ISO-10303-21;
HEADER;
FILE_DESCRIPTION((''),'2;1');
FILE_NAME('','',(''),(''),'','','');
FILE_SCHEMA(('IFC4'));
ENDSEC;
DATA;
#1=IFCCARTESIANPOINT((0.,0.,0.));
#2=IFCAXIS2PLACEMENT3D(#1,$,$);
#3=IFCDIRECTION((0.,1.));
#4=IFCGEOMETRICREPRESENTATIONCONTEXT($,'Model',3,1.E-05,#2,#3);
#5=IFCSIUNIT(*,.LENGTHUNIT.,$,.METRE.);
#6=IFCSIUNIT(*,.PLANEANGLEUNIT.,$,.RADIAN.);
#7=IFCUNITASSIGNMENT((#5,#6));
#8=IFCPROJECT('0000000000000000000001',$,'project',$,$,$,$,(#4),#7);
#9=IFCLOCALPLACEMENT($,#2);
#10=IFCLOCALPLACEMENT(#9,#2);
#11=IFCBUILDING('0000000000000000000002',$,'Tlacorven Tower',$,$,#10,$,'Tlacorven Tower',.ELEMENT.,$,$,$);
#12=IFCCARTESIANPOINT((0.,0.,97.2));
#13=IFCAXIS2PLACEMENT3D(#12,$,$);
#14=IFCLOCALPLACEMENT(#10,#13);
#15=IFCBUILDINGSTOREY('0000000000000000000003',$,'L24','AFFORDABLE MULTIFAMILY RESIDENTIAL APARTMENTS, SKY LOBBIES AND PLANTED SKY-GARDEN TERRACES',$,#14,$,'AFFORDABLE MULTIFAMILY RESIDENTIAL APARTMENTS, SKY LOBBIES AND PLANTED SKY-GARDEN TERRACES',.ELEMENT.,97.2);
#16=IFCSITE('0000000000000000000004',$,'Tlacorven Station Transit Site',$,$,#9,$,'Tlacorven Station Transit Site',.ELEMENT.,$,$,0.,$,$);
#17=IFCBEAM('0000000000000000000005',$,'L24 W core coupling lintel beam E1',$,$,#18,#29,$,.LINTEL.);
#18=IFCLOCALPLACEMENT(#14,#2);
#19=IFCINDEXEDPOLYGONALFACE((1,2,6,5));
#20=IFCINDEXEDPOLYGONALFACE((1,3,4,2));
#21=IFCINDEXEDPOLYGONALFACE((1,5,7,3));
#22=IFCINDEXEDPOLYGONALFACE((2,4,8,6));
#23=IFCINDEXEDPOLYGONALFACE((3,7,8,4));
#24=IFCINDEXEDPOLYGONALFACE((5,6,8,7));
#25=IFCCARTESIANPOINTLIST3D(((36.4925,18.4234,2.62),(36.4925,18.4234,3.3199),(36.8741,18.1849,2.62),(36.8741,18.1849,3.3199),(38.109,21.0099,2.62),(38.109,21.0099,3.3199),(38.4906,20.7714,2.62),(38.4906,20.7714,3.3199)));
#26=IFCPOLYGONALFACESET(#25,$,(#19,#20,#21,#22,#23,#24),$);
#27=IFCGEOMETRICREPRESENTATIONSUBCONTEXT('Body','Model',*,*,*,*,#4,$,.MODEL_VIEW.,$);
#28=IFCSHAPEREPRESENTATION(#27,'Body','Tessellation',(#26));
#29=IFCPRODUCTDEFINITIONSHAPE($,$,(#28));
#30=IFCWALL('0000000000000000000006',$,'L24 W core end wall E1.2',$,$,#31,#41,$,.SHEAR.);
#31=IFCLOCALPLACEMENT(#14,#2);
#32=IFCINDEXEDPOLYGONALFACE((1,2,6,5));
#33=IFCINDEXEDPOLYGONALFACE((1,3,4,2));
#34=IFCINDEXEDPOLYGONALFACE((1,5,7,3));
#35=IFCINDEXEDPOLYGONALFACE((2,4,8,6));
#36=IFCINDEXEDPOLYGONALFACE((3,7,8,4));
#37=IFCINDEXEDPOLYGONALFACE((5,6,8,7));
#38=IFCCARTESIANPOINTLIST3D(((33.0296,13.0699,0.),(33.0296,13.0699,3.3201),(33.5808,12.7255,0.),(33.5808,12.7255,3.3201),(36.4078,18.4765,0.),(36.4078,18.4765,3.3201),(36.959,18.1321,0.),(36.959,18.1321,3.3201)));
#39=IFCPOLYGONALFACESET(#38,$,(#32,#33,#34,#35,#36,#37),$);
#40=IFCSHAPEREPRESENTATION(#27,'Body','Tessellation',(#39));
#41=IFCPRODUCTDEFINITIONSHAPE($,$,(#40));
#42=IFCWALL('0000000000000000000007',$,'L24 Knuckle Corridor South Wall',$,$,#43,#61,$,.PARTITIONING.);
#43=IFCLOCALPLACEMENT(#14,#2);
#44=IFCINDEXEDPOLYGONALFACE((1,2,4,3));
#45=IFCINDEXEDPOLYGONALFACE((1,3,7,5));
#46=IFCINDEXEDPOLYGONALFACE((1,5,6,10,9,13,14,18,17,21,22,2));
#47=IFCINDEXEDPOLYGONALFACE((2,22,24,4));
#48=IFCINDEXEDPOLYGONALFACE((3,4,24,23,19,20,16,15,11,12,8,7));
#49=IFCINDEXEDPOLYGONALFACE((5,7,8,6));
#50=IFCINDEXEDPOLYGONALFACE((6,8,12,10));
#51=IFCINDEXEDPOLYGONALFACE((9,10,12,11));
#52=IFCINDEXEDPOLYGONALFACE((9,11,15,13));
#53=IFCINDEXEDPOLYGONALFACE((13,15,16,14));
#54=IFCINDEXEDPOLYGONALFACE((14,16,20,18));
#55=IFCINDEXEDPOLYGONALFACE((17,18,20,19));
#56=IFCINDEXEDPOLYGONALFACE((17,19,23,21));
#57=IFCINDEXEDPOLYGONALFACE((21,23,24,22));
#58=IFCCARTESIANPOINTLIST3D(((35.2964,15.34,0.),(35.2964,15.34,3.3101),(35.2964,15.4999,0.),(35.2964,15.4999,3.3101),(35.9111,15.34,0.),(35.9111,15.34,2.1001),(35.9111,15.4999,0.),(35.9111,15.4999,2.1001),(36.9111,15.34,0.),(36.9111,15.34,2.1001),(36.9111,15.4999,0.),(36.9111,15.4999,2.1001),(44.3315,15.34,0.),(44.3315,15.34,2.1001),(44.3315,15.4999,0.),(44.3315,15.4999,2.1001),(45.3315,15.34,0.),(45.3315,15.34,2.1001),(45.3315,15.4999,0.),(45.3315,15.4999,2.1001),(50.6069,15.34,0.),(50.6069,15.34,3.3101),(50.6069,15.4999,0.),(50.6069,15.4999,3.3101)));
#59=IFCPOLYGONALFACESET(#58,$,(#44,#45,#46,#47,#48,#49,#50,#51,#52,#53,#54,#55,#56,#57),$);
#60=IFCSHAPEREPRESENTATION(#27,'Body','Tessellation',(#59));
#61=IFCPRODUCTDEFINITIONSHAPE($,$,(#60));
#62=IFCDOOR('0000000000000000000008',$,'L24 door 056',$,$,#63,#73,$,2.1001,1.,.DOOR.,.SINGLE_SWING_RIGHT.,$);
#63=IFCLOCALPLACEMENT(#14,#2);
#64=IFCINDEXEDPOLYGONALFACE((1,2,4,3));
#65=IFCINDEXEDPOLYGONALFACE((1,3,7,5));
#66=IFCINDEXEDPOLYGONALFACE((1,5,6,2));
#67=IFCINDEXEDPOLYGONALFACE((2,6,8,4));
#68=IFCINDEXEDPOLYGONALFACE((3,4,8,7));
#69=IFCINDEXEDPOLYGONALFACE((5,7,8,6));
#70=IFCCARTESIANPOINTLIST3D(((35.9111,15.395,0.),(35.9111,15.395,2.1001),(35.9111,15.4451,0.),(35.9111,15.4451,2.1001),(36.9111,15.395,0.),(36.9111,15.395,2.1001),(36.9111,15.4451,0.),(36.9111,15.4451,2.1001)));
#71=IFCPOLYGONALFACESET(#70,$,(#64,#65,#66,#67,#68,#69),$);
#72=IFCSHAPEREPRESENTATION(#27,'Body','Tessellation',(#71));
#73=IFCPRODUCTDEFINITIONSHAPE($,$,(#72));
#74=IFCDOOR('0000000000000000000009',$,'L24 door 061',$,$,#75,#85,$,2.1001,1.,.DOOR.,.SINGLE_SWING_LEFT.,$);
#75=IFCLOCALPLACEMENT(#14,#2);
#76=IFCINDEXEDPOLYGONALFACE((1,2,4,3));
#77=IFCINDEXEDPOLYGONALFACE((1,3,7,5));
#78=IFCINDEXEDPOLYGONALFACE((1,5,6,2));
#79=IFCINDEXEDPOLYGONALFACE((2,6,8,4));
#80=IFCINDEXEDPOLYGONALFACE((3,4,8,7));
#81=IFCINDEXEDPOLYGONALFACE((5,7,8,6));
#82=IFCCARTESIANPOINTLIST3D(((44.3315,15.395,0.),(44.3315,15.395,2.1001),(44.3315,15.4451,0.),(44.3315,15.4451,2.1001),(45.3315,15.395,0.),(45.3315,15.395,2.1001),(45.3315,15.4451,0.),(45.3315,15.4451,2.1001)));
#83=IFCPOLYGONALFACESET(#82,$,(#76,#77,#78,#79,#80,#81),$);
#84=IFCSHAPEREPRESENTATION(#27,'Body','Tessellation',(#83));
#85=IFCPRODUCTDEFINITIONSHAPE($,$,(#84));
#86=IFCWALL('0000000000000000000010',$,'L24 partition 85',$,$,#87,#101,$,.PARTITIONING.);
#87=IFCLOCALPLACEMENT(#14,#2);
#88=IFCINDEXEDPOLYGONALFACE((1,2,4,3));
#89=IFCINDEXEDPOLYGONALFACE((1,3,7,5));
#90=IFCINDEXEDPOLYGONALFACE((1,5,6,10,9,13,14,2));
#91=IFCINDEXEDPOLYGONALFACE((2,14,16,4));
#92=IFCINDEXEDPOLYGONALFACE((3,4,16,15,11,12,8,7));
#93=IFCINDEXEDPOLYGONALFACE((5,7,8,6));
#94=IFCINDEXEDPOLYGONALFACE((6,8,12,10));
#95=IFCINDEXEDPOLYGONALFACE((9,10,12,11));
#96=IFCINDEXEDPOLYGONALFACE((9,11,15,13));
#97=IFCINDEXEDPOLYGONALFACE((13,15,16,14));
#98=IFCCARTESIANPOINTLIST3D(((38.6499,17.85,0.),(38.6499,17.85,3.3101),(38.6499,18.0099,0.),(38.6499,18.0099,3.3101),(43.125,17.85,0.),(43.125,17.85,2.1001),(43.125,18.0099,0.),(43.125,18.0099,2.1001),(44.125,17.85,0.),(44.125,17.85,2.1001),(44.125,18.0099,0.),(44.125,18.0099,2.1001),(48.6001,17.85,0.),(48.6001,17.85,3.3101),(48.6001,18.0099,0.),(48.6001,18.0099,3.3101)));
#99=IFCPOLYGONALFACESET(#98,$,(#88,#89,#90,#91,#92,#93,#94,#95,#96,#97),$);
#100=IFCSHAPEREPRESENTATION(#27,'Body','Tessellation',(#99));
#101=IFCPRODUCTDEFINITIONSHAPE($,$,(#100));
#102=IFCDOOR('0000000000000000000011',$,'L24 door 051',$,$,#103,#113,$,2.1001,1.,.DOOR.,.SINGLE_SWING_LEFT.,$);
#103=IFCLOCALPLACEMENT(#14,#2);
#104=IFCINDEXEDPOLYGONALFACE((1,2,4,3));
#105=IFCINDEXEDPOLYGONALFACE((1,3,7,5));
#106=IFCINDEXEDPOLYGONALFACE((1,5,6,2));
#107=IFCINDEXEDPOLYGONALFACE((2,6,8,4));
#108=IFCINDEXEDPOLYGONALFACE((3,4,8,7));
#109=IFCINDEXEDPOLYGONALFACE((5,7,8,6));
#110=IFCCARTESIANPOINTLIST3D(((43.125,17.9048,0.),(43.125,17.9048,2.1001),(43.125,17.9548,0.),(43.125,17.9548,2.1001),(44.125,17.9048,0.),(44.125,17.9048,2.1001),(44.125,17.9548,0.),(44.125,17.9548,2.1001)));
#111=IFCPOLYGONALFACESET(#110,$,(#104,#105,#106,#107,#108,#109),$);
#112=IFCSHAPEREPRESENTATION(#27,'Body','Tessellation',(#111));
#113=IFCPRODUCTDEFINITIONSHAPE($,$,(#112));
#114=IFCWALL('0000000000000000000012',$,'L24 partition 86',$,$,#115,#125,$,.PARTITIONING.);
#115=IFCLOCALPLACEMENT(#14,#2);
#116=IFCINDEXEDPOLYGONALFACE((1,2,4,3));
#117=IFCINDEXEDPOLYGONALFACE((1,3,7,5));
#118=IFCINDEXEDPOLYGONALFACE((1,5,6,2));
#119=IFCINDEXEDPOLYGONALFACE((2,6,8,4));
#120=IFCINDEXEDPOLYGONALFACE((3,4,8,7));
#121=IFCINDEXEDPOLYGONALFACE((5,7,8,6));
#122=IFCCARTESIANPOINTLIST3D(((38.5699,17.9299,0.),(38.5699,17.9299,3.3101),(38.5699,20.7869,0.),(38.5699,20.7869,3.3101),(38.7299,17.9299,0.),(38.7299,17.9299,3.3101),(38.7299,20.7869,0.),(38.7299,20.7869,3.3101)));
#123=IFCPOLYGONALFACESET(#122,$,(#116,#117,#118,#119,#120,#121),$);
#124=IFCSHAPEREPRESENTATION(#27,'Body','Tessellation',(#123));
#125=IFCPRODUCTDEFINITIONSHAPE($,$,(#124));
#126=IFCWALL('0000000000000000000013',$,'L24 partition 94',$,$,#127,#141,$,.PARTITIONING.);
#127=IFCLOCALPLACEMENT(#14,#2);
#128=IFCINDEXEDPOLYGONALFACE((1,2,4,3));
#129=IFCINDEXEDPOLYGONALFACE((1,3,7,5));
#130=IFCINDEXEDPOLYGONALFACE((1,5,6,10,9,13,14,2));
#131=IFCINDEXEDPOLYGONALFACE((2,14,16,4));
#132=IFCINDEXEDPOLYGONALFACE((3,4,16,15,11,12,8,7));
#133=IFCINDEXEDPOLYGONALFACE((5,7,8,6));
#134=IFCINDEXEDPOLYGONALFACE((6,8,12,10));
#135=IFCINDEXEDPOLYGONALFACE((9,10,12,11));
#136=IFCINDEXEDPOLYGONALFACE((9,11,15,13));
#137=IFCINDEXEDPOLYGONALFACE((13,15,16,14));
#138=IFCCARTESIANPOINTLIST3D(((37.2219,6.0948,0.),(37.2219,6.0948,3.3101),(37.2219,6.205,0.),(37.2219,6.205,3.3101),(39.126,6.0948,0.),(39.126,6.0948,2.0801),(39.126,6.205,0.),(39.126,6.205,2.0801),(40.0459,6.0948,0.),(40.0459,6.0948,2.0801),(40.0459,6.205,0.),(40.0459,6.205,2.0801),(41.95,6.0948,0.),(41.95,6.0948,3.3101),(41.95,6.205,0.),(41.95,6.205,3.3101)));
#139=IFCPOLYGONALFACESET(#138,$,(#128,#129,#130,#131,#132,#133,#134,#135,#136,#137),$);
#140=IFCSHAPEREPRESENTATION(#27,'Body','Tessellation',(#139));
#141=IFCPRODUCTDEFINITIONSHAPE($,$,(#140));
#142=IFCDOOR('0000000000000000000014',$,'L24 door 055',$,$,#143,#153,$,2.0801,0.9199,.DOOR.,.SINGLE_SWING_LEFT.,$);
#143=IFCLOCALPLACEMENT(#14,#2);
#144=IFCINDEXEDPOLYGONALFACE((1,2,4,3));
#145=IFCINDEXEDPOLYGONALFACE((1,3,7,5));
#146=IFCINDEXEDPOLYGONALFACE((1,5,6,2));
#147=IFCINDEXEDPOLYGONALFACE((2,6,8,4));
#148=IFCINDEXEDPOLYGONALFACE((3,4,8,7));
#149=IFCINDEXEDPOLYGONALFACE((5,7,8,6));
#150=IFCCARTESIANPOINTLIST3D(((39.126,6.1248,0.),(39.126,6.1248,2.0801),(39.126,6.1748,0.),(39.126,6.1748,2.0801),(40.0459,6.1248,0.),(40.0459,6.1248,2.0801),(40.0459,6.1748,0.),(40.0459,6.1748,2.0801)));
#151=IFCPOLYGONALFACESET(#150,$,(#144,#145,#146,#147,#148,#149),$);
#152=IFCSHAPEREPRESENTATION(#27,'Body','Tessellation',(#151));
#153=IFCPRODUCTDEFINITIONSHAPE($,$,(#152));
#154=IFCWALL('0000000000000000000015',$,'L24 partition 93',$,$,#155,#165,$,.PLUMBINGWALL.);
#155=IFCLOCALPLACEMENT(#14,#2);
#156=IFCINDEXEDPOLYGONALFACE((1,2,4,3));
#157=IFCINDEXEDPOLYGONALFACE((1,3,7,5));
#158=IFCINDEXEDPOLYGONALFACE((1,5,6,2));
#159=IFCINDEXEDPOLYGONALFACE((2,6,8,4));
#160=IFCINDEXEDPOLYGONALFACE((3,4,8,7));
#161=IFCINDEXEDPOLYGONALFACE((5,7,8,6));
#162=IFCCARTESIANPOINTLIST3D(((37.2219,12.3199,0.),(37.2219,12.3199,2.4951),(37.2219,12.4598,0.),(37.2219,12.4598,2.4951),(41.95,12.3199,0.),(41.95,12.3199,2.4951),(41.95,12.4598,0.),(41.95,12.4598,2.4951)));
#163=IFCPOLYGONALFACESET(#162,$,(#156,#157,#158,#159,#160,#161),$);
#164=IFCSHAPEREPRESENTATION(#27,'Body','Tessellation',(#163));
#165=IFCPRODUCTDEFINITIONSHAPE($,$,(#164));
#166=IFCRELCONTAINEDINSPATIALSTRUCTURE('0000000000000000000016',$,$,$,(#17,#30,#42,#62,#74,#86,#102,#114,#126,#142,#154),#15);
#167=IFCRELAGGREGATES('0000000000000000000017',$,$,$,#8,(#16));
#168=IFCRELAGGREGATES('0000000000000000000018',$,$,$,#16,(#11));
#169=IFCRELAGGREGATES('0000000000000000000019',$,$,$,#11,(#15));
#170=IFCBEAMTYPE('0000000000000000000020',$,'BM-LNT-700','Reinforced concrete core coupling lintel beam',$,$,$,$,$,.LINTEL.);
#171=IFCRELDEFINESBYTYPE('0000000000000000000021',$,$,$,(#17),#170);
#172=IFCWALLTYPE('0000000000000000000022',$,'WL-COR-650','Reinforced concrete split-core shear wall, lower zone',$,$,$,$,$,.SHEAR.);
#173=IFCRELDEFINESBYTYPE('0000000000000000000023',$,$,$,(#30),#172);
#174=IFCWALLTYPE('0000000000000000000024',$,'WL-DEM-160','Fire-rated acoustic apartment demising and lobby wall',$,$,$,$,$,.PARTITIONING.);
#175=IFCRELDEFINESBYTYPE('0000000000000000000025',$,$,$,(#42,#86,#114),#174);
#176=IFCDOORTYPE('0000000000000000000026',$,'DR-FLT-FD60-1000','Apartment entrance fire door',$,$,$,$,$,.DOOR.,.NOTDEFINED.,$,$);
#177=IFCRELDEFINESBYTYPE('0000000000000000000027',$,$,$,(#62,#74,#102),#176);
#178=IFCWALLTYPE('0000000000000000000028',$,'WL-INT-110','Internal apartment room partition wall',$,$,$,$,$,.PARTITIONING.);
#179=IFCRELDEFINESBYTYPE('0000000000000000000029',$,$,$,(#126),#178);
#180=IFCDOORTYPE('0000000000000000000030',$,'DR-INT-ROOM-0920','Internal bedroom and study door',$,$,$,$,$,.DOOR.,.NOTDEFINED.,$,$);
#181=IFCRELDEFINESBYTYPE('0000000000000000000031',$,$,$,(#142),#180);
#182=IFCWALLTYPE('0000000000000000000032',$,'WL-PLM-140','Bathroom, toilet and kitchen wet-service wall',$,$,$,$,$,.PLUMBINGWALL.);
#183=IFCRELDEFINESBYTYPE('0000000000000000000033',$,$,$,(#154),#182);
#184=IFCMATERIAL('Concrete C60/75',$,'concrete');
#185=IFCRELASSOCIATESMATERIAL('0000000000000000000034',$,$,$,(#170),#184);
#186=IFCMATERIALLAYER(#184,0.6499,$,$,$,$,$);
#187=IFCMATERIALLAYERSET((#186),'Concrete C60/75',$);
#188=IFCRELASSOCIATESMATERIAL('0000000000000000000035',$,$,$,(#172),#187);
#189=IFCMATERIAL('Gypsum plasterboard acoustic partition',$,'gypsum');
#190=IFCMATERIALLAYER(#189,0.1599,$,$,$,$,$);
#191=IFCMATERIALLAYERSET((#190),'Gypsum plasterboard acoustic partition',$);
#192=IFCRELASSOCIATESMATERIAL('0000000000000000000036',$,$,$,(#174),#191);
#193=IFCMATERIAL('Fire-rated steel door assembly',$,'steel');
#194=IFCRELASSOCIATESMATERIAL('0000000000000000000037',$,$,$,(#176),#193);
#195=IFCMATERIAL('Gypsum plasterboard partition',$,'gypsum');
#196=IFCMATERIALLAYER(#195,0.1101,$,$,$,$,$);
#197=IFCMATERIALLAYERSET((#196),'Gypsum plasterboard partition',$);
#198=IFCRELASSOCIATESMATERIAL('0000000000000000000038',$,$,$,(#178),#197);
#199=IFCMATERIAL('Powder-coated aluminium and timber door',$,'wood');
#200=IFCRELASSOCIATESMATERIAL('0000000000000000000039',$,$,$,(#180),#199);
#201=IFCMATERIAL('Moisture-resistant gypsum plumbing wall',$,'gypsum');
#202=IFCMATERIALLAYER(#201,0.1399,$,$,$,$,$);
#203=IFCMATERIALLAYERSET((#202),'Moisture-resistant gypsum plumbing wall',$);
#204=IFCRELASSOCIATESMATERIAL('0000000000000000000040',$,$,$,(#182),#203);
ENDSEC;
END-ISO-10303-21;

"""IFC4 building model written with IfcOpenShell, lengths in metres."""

from ifc_helpers import new_model, si_unit, direction, frame, frame_2d, origin, origin_2d, place, context, subcontext, project, spatial, rectangle, extrude, source, transform, mapped, material, layer, layer_set, material_profile, profile_set, type_object, element, fill, save


model = new_model("IFC4")

# Units and contexts
model_context = context("Model", 3, precision=1e-05, world=origin(), true_north=direction((0.0, 1.0)))
body_context = subcontext(model_context, "Body", "Model", "MODEL_VIEW")
ifc_project = project(units=[si_unit("LENGTHUNIT", "METRE"), si_unit("PLANEANGLEUNIT", "RADIAN")], contexts=[model_context])

# Site, building, storey
site_placement = place(None, origin())
site = spatial("IfcSite", under=ifc_project, at=site_placement, Name="Tlacorven Station Transit Site", LongName="Tlacorven Station Transit Site", CompositionType="ELEMENT", RefElevation=0.0)
building_placement = place(site_placement, origin())
building = spatial("IfcBuilding", under=site, at=building_placement, Name="Tlacorven Tower", LongName="Tlacorven Tower", CompositionType="ELEMENT")
storey_placement = place(building_placement, frame((0.0, 0.0, 97.2)))
storey = spatial("IfcBuildingStorey", under=building, at=storey_placement, Name="L24", Description="AFFORDABLE MULTIFAMILY RESIDENTIAL APARTMENTS, SKY LOBBIES AND PLANTED SKY-GARDEN TERRACES", LongName="AFFORDABLE MULTIFAMILY RESIDENTIAL APARTMENTS, SKY LOBBIES AND PLANTED SKY-GARDEN TERRACES", CompositionType="ELEMENT", Elevation=97.2)

# Beam
ifc_material_1 = material(Name="Concrete C60/75", Category="concrete")
ifc_material_profile = material_profile(ifc_material_1, rectangle(XDim=0.45, YDim=0.7, at=origin_2d()), Name="RC 450X700")
ifc_profile_set = profile_set([ifc_material_profile], Name="Concrete C60/75")
beam_type = type_object("IfcBeamType", Name="BM-LNT-700", Description="Reinforced concrete core coupling lintel beam", PredefinedType="LINTEL", material=ifc_profile_set)
shared_shape_1 = source(origin(), body_context, "Body", "SweptSolid", [
    extrude(rectangle(XDim=0.45, YDim=0.7, at=origin_2d()), origin(), (0.0, 0.0, 1.0), 3.05),
])
beam_placement = place(storey_placement, frame((38.2998, 20.8906, 2.97), z_axis=(-0.529985, -0.848007, 0.0), x_axis=(0.848007, -0.529985, 0.0)))
element("IfcBeam", 1, at=beam_placement, inside=storey, type_object=beam_type, Name="L24 W core coupling lintel beam E1", PredefinedType="LINTEL", context=body_context, shape_type="MappedRepresentation", body=[
    mapped(shared_shape_1, transform((0.0, 0.0, 0.0), scale=1.0)),
])

# Wall
ifc_layer_1 = layer(ifc_material_1, 0.6499)
ifc_layer_set_1 = layer_set([ifc_layer_1], Name="Concrete C60/75")
wall_type_1 = type_object("IfcWallType", Name="WL-COR-650", Description="Reinforced concrete split-core shear wall, lower zone", PredefinedType="SHEAR", material=ifc_layer_set_1)
wall_1_placement = place(storey_placement, frame((36.6833, 18.3042, 0.0), z_axis=(0.0, 0.0, 1.0), x_axis=(-0.529899, -0.848061, 0.0)))
element("IfcWall", 2, at=wall_1_placement, inside=storey, type_object=wall_type_1, Name="L24 W core end wall E1.2", PredefinedType="SHEAR", context=body_context, shape_type="SweptSolid", body=[
    extrude(rectangle(XDim=6.3752, YDim=0.6499, at=frame_2d((3.1875, 0.0))), origin(), (0.0, 0.0, 1.0), 3.3201),
])

# Wall, openings, doors
ifc_material_2 = material(Name="Gypsum plasterboard acoustic partition", Category="gypsum")
ifc_layer_2 = layer(ifc_material_2, 0.1599)
ifc_layer_set_2 = layer_set([ifc_layer_2], Name="Gypsum plasterboard acoustic partition")
wall_type_2 = type_object("IfcWallType", Name="WL-DEM-160", Description="Fire-rated acoustic apartment demising and lobby wall", PredefinedType="PARTITIONING", material=ifc_layer_set_2)
wall_2_placement = place(storey_placement, frame((35.2964, 15.4199, 0.0), z_axis=(0.0, 0.0, 1.0), x_axis=(1.0, 0.0, 0.0)))
wall_2 = element("IfcWall", 3, at=wall_2_placement, inside=storey, type_object=wall_type_2, Name="L24 Knuckle Corridor South Wall", PredefinedType="PARTITIONING", context=body_context, shape_type="SweptSolid", body=[
    extrude(rectangle(XDim=15.3105, YDim=0.1599, at=frame_2d((7.6553, 0.0))), origin(), (0.0, 0.0, 1.0), 3.3101),
])
opening_1_placement = place(wall_2_placement, frame((0.6147, 0.0, 0.0)))
opening_1 = element("IfcOpeningElement", 4, at=opening_1_placement, cuts=wall_2, PredefinedType="OPENING", context=body_context, shape_type="SweptSolid", body=[
    extrude(rectangle(XDim=1.0, YDim=2.1001, at=frame_2d((0.5, 1.05))), frame((0.0, 0.0898, 0.0), z_axis=(0.0, -1.0, 0.0), x_axis=(1.0, 0.0, 0.0)), (0.0, 0.0, 1.0), 0.1799),
])
opening_2_placement = place(wall_2_placement, frame((9.0352, 0.0, 0.0)))
opening_2 = element("IfcOpeningElement", 5, at=opening_2_placement, cuts=wall_2, PredefinedType="OPENING", context=body_context, shape_type="SweptSolid", body=[
    extrude(rectangle(XDim=1.0, YDim=2.1001, at=frame_2d((0.5, 1.05))), frame((0.0, 0.0898, 0.0), z_axis=(0.0, -1.0, 0.0), x_axis=(1.0, 0.0, 0.0)), (0.0, 0.0, 1.0), 0.1799),
])
ifc_material_3 = material(Name="Fire-rated steel door assembly", Category="steel")
door_type_1 = type_object("IfcDoorType", Name="DR-FLT-FD60-1000", Description="Apartment entrance fire door", OperationType="NOTDEFINED", PredefinedType="DOOR", material=ifc_material_3)
shared_shape_2 = source(origin(), body_context, "Body", "SweptSolid", [
    extrude(rectangle(XDim=1.0, YDim=2.1001, at=frame_2d((0.5, 1.05))), frame((0.0, 0.0249, 0.0), z_axis=(0.0, -1.0, 0.0), x_axis=(1.0, 0.0, 0.0)), (0.0, 0.0, 1.0), 0.05),
])
door_1_placement = place(opening_1_placement, frame((1.0, 0.0, 0.0), z_axis=(0.0, 0.0, 1.0), x_axis=(-1.0, 0.0, 0.0)))
door_1 = element("IfcDoor", 6, at=door_1_placement, inside=storey, type_object=door_type_1, Name="L24 door 056", OperationType="SINGLE_SWING_RIGHT", OverallHeight=2.1001, OverallWidth=1.0, PredefinedType="DOOR", context=body_context, shape_type="MappedRepresentation", body=[
    mapped(shared_shape_2, transform((0.0, 0.0, 0.0), scale=1.0)),
])
fill(opening_1, door_1)
door_2_placement = place(opening_2_placement, frame((1.0, 0.0, 0.0), z_axis=(0.0, 0.0, 1.0), x_axis=(-1.0, 0.0, 0.0)))
door_2 = element("IfcDoor", 7, at=door_2_placement, inside=storey, type_object=door_type_1, Name="L24 door 061", OperationType="SINGLE_SWING_LEFT", OverallHeight=2.1001, OverallWidth=1.0, PredefinedType="DOOR", context=body_context, shape_type="MappedRepresentation", body=[
    mapped(shared_shape_2, transform((0.0, 0.0, 0.0), scale=1.0)),
])
fill(opening_2, door_2)

# Wall, opening, door
wall_3_placement = place(storey_placement, frame((38.6499, 17.9299, 0.0), z_axis=(0.0, 0.0, 1.0), x_axis=(1.0, 0.0, 0.0)))
wall_3 = element("IfcWall", 8, at=wall_3_placement, inside=storey, type_object=wall_type_2, Name="L24 partition 85", PredefinedType="PARTITIONING", context=body_context, shape_type="SweptSolid", body=[
    extrude(rectangle(XDim=9.9502, YDim=0.1599, at=frame_2d((4.9751, 0.0))), origin(), (0.0, 0.0, 1.0), 3.3101),
])
opening_3_placement = place(wall_3_placement, frame((4.4751, 0.0, 0.0)))
opening_3 = element("IfcOpeningElement", 9, at=opening_3_placement, cuts=wall_3, PredefinedType="OPENING", context=body_context, shape_type="SweptSolid", body=[
    extrude(rectangle(XDim=1.0, YDim=2.1001, at=frame_2d((0.5, 1.05))), frame((0.0, 0.0898, 0.0), z_axis=(0.0, -1.0, 0.0), x_axis=(1.0, 0.0, 0.0)), (0.0, 0.0, 1.0), 0.1799),
])
door_3_placement = place(opening_3_placement, origin())
door_3 = element("IfcDoor", 10, at=door_3_placement, inside=storey, type_object=door_type_1, Name="L24 door 051", OperationType="SINGLE_SWING_LEFT", OverallHeight=2.1001, OverallWidth=1.0, PredefinedType="DOOR", context=body_context, shape_type="MappedRepresentation", body=[
    mapped(shared_shape_2, transform((0.0, 0.0, 0.0), scale=1.0)),
])
fill(opening_3, door_3)

# Wall
wall_4_placement = place(storey_placement, frame((38.6499, 17.9299, 0.0), z_axis=(0.0, 0.0, 1.0), x_axis=(0.0, 1.0, 0.0)))
element("IfcWall", 11, at=wall_4_placement, inside=storey, type_object=wall_type_2, Name="L24 partition 86", PredefinedType="PARTITIONING", context=body_context, shape_type="SweptSolid", body=[
    extrude(rectangle(XDim=2.8569, YDim=0.1599, at=frame_2d((1.4285, 0.0))), origin(), (0.0, 0.0, 1.0), 3.3101),
])

# Wall, opening, door
ifc_material_4 = material(Name="Gypsum plasterboard partition", Category="gypsum")
ifc_layer_3 = layer(ifc_material_4, 0.1101)
ifc_layer_set_3 = layer_set([ifc_layer_3], Name="Gypsum plasterboard partition")
wall_type_3 = type_object("IfcWallType", Name="WL-INT-110", Description="Internal apartment room partition wall", PredefinedType="PARTITIONING", material=ifc_layer_set_3)
wall_5_placement = place(storey_placement, frame((37.2219, 6.1499, 0.0), z_axis=(0.0, 0.0, 1.0), x_axis=(1.0, 0.0, 0.0)))
wall_5 = element("IfcWall", 12, at=wall_5_placement, inside=storey, type_object=wall_type_3, Name="L24 partition 94", PredefinedType="PARTITIONING", context=body_context, shape_type="SweptSolid", body=[
    extrude(rectangle(XDim=4.728, YDim=0.1101, at=frame_2d((2.364, 0.0))), origin(), (0.0, 0.0, 1.0), 3.3101),
])
opening_4_placement = place(wall_5_placement, frame((1.9041, 0.0, 0.0)))
opening_4 = element("IfcOpeningElement", 13, at=opening_4_placement, cuts=wall_5, PredefinedType="OPENING", context=body_context, shape_type="SweptSolid", body=[
    extrude(rectangle(XDim=0.9199, YDim=2.0801, at=frame_2d((0.46, 1.04))), frame((0.0, 0.0649, 0.0), z_axis=(0.0, -1.0, 0.0), x_axis=(1.0, 0.0, 0.0)), (0.0, 0.0, 1.0), 0.1301),
])
ifc_material_5 = material(Name="Powder-coated aluminium and timber door", Category="wood")
door_type_2 = type_object("IfcDoorType", Name="DR-INT-ROOM-0920", Description="Internal bedroom and study door", OperationType="NOTDEFINED", PredefinedType="DOOR", material=ifc_material_5)
shared_shape_3 = source(origin(), body_context, "Body", "SweptSolid", [
    extrude(rectangle(XDim=0.9199, YDim=2.0801, at=frame_2d((0.46, 1.04))), frame((0.0, 0.0249, 0.0), z_axis=(0.0, -1.0, 0.0), x_axis=(1.0, 0.0, 0.0)), (0.0, 0.0, 1.0), 0.05),
])
door_4_placement = place(opening_4_placement, origin())
door_4 = element("IfcDoor", 14, at=door_4_placement, inside=storey, type_object=door_type_2, Name="L24 door 055", OperationType="SINGLE_SWING_LEFT", OverallHeight=2.0801, OverallWidth=0.9199, PredefinedType="DOOR", context=body_context, shape_type="MappedRepresentation", body=[
    mapped(shared_shape_3, transform((0.0, 0.0, 0.0), scale=1.0)),
])
fill(opening_4, door_4)

# Wall
ifc_material_6 = material(Name="Moisture-resistant gypsum plumbing wall", Category="gypsum")
ifc_layer_4 = layer(ifc_material_6, 0.1399)
ifc_layer_set_4 = layer_set([ifc_layer_4], Name="Moisture-resistant gypsum plumbing wall")
wall_type_4 = type_object("IfcWallType", Name="WL-PLM-140", Description="Bathroom, toilet and kitchen wet-service wall", PredefinedType="PLUMBINGWALL", material=ifc_layer_set_4)
wall_6_placement = place(storey_placement, frame((37.2219, 12.3899, 0.0), z_axis=(0.0, 0.0, 1.0), x_axis=(1.0, 0.0, 0.0)))
element("IfcWall", 15, at=wall_6_placement, inside=storey, type_object=wall_type_4, Name="L24 partition 93", PredefinedType="PLUMBINGWALL", context=body_context, shape_type="SweptSolid", body=[
    extrude(rectangle(XDim=4.728, YDim=0.1399, at=frame_2d((2.364, 0.0))), origin(), (0.0, 0.0, 1.0), 2.4951),
])

save(model, "model.ifc")
